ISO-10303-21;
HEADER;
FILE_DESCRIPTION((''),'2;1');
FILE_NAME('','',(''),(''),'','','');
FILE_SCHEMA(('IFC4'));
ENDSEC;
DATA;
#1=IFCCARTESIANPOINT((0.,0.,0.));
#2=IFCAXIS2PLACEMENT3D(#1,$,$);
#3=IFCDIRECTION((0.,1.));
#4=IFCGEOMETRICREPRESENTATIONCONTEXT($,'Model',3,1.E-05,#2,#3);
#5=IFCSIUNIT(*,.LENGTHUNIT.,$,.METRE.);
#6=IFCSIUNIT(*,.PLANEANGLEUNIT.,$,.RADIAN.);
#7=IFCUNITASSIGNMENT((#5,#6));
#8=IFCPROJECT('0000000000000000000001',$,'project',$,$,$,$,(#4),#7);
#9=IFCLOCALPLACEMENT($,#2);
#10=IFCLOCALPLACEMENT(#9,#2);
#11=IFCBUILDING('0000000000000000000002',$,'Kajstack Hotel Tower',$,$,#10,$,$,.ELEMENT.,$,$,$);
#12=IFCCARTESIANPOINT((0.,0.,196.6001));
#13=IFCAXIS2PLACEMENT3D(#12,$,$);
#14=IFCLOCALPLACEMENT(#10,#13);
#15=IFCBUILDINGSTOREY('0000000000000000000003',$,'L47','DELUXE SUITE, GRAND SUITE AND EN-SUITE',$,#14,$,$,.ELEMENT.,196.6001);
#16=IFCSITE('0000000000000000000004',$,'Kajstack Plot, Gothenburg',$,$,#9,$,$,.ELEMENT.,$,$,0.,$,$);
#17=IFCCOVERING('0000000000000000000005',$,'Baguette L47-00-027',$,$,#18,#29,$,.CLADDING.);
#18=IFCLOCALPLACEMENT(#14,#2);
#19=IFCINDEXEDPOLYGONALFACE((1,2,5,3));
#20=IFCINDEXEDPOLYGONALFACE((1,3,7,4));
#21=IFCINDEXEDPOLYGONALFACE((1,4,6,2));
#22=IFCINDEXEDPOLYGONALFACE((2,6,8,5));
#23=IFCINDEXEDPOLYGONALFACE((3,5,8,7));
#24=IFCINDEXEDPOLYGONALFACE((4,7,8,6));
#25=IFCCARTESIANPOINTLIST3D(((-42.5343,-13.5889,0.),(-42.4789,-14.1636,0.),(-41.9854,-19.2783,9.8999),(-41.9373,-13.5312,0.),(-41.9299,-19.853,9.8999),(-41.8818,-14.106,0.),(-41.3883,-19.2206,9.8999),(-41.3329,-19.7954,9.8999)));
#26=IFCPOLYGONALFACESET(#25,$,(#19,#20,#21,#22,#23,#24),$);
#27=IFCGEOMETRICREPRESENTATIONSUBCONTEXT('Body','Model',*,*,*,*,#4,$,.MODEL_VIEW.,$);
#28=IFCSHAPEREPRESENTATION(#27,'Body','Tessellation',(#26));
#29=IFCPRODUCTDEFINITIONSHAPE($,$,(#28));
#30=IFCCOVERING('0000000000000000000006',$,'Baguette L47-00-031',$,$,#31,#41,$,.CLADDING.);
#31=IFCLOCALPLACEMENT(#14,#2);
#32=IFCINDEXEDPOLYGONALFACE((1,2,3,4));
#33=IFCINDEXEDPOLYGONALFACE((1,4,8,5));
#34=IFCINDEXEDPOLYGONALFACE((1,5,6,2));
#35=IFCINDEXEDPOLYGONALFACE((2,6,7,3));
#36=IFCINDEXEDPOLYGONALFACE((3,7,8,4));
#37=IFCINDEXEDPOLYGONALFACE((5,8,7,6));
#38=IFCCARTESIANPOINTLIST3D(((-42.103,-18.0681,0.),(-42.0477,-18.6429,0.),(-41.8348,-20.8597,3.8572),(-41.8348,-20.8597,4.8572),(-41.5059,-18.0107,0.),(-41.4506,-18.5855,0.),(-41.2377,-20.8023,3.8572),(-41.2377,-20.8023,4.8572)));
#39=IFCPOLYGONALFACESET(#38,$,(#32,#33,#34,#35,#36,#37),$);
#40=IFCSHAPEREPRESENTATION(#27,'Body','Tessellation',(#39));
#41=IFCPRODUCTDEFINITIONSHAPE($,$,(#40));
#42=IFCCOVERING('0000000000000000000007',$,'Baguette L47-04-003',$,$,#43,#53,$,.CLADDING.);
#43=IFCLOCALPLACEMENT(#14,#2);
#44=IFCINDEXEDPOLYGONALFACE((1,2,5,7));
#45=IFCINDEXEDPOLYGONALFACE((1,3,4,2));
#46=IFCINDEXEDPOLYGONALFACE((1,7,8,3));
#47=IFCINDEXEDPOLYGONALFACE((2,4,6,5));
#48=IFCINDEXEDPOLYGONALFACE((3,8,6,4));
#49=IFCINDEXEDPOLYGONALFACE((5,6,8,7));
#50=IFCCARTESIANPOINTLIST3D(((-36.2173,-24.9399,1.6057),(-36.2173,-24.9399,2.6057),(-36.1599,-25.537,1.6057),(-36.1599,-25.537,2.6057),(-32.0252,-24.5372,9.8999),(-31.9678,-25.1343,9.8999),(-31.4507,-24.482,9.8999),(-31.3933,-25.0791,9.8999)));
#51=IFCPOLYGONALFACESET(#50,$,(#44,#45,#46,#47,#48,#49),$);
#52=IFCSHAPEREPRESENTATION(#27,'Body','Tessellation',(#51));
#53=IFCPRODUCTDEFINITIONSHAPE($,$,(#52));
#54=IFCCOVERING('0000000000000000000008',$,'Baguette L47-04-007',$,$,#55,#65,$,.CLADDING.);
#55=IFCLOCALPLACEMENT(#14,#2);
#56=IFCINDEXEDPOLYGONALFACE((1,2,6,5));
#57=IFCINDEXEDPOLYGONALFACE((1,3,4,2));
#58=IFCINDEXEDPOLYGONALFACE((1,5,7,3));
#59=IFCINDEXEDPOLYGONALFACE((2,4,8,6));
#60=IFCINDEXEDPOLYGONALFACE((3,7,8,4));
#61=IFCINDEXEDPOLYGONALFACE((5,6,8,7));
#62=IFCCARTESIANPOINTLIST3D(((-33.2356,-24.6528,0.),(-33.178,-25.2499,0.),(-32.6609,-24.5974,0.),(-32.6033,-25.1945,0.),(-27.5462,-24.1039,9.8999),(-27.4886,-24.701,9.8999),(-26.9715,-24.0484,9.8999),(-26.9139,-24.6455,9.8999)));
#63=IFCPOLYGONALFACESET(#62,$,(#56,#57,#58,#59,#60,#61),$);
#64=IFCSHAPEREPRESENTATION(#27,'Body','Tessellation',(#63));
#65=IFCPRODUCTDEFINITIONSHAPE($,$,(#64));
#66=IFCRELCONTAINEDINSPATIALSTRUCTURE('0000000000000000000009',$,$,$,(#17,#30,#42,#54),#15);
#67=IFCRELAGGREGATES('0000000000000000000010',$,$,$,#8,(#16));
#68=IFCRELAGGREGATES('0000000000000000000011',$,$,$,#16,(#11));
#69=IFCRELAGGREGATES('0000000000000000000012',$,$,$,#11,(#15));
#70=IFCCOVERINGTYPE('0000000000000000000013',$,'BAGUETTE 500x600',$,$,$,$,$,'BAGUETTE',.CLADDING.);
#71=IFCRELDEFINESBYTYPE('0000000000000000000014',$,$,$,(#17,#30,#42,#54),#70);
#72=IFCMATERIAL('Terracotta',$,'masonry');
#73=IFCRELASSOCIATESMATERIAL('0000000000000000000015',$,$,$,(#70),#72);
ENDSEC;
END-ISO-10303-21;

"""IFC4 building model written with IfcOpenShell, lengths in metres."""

from ifc_helpers import new_model, si_unit, direction, frame, origin, origin_2d, place, context, subcontext, project, spatial, polyline, rectangle, outline, extrude, material, material_profile, profile_set, type_object, element, save


model = new_model("IFC4")

# Units and contexts
model_context = context("Model", 3, precision=1e-05, world=origin(), true_north=direction((0.0, 1.0)))
body_context = subcontext(model_context, "Body", "Model", "MODEL_VIEW")
ifc_project = project(units=[si_unit("LENGTHUNIT", "METRE"), si_unit("PLANEANGLEUNIT", "RADIAN")], contexts=[model_context])

# Site, building, storey
site_placement = place(None, origin())
site = spatial("IfcSite", under=ifc_project, at=site_placement, Name="Kajstack Plot, Gothenburg", CompositionType="ELEMENT", RefElevation=0.0)
building_placement = place(site_placement, origin())
building = spatial("IfcBuilding", under=site, at=building_placement, Name="Kajstack Hotel Tower", CompositionType="ELEMENT")
storey_placement = place(building_placement, frame((0.0, 0.0, 196.6001)))
storey = spatial("IfcBuildingStorey", under=building, at=storey_placement, Name="L47", Description="DELUXE SUITE, GRAND SUITE AND EN-SUITE", CompositionType="ELEMENT", Elevation=196.6001)

# Coverings
ifc_material_1 = material(Name="Terracotta", Category="masonry")
ifc_material_profile = material_profile(ifc_material_1, rectangle(XDim=0.6001, YDim=0.5, at=origin_2d()), Name="Terracotta-clad concrete baguette 500 x 600")
ifc_profile_set = profile_set([ifc_material_profile], Name="Terracotta")
covering_type = type_object("IfcCoveringType", Name="BAGUETTE 500x600", ElementType="BAGUETTE", PredefinedType="CLADDING", material=ifc_profile_set)
covering_1_placement = place(storey_placement, frame((-41.9373, -13.5312, 0.0), z_axis=(-0.995378, -0.096038, 0.0), x_axis=(0.096038, -0.995378, 0.0)))
element("IfcCovering", 1, at=covering_1_placement, inside=storey, type_object=covering_type, Name="Baguette L47-00-027", PredefinedType="CLADDING", context=body_context, shape_type="SweptSolid", body=[
    extrude(outline(polyline([(5.7158, 9.8999), (0.0, 0.0), (0.5774, 0.0), (6.2932, 9.8999), (5.7158, 9.8999)])), origin(), (0.0, 0.0, 1.0), 0.5999),
])
covering_2_placement = place(storey_placement, frame((-41.5059, -18.0107, 0.0), z_axis=(-0.995416, -0.095635, 0.0), x_axis=(0.095635, -0.995416, 0.0)))
element("IfcCovering", 2, at=covering_2_placement, inside=storey, type_object=covering_type, Name="Baguette L47-00-031", PredefinedType="CLADDING", context=body_context, shape_type="SweptSolid", body=[
    extrude(outline(polyline([(0.5774, 0.0), (2.8044, 3.8572), (2.8044, 4.8572), (0.0, 0.0), (0.5774, 0.0)])), origin(), (0.0, 0.0, 1.0), 0.5999),
])
covering_3_placement = place(storey_placement, frame((-36.2173, -24.9399, 0.0), z_axis=(0.095635, -0.995416, 0.0), x_axis=(0.995416, 0.095635, 0.0)))
element("IfcCovering", 3, at=covering_3_placement, inside=storey, type_object=covering_type, Name="Baguette L47-04-003", PredefinedType="CLADDING", context=body_context, shape_type="SweptSolid", body=[
    extrude(outline(polyline([(4.2114, 9.8999), (0.0, 2.6057), (0.0, 1.6057), (4.7886, 9.8999), (4.2114, 9.8999)])), origin(), (0.0, 0.0, 1.0), 0.5999),
])
covering_4_placement = place(storey_placement, frame((-33.2356, -24.6528, 0.0), z_axis=(0.096038, -0.995378, 0.0), x_axis=(0.995378, 0.096038, 0.0)))
element("IfcCovering", 4, at=covering_4_placement, inside=storey, type_object=covering_type, Name="Baguette L47-04-007", PredefinedType="CLADDING", context=body_context, shape_type="SweptSolid", body=[
    extrude(outline(polyline([(5.7158, 9.8999), (0.0, 0.0), (0.5774, 0.0), (6.2932, 9.8999), (5.7158, 9.8999)])), origin(), (0.0, 0.0, 1.0), 0.5999),
])

save(model, "model.ifc")
